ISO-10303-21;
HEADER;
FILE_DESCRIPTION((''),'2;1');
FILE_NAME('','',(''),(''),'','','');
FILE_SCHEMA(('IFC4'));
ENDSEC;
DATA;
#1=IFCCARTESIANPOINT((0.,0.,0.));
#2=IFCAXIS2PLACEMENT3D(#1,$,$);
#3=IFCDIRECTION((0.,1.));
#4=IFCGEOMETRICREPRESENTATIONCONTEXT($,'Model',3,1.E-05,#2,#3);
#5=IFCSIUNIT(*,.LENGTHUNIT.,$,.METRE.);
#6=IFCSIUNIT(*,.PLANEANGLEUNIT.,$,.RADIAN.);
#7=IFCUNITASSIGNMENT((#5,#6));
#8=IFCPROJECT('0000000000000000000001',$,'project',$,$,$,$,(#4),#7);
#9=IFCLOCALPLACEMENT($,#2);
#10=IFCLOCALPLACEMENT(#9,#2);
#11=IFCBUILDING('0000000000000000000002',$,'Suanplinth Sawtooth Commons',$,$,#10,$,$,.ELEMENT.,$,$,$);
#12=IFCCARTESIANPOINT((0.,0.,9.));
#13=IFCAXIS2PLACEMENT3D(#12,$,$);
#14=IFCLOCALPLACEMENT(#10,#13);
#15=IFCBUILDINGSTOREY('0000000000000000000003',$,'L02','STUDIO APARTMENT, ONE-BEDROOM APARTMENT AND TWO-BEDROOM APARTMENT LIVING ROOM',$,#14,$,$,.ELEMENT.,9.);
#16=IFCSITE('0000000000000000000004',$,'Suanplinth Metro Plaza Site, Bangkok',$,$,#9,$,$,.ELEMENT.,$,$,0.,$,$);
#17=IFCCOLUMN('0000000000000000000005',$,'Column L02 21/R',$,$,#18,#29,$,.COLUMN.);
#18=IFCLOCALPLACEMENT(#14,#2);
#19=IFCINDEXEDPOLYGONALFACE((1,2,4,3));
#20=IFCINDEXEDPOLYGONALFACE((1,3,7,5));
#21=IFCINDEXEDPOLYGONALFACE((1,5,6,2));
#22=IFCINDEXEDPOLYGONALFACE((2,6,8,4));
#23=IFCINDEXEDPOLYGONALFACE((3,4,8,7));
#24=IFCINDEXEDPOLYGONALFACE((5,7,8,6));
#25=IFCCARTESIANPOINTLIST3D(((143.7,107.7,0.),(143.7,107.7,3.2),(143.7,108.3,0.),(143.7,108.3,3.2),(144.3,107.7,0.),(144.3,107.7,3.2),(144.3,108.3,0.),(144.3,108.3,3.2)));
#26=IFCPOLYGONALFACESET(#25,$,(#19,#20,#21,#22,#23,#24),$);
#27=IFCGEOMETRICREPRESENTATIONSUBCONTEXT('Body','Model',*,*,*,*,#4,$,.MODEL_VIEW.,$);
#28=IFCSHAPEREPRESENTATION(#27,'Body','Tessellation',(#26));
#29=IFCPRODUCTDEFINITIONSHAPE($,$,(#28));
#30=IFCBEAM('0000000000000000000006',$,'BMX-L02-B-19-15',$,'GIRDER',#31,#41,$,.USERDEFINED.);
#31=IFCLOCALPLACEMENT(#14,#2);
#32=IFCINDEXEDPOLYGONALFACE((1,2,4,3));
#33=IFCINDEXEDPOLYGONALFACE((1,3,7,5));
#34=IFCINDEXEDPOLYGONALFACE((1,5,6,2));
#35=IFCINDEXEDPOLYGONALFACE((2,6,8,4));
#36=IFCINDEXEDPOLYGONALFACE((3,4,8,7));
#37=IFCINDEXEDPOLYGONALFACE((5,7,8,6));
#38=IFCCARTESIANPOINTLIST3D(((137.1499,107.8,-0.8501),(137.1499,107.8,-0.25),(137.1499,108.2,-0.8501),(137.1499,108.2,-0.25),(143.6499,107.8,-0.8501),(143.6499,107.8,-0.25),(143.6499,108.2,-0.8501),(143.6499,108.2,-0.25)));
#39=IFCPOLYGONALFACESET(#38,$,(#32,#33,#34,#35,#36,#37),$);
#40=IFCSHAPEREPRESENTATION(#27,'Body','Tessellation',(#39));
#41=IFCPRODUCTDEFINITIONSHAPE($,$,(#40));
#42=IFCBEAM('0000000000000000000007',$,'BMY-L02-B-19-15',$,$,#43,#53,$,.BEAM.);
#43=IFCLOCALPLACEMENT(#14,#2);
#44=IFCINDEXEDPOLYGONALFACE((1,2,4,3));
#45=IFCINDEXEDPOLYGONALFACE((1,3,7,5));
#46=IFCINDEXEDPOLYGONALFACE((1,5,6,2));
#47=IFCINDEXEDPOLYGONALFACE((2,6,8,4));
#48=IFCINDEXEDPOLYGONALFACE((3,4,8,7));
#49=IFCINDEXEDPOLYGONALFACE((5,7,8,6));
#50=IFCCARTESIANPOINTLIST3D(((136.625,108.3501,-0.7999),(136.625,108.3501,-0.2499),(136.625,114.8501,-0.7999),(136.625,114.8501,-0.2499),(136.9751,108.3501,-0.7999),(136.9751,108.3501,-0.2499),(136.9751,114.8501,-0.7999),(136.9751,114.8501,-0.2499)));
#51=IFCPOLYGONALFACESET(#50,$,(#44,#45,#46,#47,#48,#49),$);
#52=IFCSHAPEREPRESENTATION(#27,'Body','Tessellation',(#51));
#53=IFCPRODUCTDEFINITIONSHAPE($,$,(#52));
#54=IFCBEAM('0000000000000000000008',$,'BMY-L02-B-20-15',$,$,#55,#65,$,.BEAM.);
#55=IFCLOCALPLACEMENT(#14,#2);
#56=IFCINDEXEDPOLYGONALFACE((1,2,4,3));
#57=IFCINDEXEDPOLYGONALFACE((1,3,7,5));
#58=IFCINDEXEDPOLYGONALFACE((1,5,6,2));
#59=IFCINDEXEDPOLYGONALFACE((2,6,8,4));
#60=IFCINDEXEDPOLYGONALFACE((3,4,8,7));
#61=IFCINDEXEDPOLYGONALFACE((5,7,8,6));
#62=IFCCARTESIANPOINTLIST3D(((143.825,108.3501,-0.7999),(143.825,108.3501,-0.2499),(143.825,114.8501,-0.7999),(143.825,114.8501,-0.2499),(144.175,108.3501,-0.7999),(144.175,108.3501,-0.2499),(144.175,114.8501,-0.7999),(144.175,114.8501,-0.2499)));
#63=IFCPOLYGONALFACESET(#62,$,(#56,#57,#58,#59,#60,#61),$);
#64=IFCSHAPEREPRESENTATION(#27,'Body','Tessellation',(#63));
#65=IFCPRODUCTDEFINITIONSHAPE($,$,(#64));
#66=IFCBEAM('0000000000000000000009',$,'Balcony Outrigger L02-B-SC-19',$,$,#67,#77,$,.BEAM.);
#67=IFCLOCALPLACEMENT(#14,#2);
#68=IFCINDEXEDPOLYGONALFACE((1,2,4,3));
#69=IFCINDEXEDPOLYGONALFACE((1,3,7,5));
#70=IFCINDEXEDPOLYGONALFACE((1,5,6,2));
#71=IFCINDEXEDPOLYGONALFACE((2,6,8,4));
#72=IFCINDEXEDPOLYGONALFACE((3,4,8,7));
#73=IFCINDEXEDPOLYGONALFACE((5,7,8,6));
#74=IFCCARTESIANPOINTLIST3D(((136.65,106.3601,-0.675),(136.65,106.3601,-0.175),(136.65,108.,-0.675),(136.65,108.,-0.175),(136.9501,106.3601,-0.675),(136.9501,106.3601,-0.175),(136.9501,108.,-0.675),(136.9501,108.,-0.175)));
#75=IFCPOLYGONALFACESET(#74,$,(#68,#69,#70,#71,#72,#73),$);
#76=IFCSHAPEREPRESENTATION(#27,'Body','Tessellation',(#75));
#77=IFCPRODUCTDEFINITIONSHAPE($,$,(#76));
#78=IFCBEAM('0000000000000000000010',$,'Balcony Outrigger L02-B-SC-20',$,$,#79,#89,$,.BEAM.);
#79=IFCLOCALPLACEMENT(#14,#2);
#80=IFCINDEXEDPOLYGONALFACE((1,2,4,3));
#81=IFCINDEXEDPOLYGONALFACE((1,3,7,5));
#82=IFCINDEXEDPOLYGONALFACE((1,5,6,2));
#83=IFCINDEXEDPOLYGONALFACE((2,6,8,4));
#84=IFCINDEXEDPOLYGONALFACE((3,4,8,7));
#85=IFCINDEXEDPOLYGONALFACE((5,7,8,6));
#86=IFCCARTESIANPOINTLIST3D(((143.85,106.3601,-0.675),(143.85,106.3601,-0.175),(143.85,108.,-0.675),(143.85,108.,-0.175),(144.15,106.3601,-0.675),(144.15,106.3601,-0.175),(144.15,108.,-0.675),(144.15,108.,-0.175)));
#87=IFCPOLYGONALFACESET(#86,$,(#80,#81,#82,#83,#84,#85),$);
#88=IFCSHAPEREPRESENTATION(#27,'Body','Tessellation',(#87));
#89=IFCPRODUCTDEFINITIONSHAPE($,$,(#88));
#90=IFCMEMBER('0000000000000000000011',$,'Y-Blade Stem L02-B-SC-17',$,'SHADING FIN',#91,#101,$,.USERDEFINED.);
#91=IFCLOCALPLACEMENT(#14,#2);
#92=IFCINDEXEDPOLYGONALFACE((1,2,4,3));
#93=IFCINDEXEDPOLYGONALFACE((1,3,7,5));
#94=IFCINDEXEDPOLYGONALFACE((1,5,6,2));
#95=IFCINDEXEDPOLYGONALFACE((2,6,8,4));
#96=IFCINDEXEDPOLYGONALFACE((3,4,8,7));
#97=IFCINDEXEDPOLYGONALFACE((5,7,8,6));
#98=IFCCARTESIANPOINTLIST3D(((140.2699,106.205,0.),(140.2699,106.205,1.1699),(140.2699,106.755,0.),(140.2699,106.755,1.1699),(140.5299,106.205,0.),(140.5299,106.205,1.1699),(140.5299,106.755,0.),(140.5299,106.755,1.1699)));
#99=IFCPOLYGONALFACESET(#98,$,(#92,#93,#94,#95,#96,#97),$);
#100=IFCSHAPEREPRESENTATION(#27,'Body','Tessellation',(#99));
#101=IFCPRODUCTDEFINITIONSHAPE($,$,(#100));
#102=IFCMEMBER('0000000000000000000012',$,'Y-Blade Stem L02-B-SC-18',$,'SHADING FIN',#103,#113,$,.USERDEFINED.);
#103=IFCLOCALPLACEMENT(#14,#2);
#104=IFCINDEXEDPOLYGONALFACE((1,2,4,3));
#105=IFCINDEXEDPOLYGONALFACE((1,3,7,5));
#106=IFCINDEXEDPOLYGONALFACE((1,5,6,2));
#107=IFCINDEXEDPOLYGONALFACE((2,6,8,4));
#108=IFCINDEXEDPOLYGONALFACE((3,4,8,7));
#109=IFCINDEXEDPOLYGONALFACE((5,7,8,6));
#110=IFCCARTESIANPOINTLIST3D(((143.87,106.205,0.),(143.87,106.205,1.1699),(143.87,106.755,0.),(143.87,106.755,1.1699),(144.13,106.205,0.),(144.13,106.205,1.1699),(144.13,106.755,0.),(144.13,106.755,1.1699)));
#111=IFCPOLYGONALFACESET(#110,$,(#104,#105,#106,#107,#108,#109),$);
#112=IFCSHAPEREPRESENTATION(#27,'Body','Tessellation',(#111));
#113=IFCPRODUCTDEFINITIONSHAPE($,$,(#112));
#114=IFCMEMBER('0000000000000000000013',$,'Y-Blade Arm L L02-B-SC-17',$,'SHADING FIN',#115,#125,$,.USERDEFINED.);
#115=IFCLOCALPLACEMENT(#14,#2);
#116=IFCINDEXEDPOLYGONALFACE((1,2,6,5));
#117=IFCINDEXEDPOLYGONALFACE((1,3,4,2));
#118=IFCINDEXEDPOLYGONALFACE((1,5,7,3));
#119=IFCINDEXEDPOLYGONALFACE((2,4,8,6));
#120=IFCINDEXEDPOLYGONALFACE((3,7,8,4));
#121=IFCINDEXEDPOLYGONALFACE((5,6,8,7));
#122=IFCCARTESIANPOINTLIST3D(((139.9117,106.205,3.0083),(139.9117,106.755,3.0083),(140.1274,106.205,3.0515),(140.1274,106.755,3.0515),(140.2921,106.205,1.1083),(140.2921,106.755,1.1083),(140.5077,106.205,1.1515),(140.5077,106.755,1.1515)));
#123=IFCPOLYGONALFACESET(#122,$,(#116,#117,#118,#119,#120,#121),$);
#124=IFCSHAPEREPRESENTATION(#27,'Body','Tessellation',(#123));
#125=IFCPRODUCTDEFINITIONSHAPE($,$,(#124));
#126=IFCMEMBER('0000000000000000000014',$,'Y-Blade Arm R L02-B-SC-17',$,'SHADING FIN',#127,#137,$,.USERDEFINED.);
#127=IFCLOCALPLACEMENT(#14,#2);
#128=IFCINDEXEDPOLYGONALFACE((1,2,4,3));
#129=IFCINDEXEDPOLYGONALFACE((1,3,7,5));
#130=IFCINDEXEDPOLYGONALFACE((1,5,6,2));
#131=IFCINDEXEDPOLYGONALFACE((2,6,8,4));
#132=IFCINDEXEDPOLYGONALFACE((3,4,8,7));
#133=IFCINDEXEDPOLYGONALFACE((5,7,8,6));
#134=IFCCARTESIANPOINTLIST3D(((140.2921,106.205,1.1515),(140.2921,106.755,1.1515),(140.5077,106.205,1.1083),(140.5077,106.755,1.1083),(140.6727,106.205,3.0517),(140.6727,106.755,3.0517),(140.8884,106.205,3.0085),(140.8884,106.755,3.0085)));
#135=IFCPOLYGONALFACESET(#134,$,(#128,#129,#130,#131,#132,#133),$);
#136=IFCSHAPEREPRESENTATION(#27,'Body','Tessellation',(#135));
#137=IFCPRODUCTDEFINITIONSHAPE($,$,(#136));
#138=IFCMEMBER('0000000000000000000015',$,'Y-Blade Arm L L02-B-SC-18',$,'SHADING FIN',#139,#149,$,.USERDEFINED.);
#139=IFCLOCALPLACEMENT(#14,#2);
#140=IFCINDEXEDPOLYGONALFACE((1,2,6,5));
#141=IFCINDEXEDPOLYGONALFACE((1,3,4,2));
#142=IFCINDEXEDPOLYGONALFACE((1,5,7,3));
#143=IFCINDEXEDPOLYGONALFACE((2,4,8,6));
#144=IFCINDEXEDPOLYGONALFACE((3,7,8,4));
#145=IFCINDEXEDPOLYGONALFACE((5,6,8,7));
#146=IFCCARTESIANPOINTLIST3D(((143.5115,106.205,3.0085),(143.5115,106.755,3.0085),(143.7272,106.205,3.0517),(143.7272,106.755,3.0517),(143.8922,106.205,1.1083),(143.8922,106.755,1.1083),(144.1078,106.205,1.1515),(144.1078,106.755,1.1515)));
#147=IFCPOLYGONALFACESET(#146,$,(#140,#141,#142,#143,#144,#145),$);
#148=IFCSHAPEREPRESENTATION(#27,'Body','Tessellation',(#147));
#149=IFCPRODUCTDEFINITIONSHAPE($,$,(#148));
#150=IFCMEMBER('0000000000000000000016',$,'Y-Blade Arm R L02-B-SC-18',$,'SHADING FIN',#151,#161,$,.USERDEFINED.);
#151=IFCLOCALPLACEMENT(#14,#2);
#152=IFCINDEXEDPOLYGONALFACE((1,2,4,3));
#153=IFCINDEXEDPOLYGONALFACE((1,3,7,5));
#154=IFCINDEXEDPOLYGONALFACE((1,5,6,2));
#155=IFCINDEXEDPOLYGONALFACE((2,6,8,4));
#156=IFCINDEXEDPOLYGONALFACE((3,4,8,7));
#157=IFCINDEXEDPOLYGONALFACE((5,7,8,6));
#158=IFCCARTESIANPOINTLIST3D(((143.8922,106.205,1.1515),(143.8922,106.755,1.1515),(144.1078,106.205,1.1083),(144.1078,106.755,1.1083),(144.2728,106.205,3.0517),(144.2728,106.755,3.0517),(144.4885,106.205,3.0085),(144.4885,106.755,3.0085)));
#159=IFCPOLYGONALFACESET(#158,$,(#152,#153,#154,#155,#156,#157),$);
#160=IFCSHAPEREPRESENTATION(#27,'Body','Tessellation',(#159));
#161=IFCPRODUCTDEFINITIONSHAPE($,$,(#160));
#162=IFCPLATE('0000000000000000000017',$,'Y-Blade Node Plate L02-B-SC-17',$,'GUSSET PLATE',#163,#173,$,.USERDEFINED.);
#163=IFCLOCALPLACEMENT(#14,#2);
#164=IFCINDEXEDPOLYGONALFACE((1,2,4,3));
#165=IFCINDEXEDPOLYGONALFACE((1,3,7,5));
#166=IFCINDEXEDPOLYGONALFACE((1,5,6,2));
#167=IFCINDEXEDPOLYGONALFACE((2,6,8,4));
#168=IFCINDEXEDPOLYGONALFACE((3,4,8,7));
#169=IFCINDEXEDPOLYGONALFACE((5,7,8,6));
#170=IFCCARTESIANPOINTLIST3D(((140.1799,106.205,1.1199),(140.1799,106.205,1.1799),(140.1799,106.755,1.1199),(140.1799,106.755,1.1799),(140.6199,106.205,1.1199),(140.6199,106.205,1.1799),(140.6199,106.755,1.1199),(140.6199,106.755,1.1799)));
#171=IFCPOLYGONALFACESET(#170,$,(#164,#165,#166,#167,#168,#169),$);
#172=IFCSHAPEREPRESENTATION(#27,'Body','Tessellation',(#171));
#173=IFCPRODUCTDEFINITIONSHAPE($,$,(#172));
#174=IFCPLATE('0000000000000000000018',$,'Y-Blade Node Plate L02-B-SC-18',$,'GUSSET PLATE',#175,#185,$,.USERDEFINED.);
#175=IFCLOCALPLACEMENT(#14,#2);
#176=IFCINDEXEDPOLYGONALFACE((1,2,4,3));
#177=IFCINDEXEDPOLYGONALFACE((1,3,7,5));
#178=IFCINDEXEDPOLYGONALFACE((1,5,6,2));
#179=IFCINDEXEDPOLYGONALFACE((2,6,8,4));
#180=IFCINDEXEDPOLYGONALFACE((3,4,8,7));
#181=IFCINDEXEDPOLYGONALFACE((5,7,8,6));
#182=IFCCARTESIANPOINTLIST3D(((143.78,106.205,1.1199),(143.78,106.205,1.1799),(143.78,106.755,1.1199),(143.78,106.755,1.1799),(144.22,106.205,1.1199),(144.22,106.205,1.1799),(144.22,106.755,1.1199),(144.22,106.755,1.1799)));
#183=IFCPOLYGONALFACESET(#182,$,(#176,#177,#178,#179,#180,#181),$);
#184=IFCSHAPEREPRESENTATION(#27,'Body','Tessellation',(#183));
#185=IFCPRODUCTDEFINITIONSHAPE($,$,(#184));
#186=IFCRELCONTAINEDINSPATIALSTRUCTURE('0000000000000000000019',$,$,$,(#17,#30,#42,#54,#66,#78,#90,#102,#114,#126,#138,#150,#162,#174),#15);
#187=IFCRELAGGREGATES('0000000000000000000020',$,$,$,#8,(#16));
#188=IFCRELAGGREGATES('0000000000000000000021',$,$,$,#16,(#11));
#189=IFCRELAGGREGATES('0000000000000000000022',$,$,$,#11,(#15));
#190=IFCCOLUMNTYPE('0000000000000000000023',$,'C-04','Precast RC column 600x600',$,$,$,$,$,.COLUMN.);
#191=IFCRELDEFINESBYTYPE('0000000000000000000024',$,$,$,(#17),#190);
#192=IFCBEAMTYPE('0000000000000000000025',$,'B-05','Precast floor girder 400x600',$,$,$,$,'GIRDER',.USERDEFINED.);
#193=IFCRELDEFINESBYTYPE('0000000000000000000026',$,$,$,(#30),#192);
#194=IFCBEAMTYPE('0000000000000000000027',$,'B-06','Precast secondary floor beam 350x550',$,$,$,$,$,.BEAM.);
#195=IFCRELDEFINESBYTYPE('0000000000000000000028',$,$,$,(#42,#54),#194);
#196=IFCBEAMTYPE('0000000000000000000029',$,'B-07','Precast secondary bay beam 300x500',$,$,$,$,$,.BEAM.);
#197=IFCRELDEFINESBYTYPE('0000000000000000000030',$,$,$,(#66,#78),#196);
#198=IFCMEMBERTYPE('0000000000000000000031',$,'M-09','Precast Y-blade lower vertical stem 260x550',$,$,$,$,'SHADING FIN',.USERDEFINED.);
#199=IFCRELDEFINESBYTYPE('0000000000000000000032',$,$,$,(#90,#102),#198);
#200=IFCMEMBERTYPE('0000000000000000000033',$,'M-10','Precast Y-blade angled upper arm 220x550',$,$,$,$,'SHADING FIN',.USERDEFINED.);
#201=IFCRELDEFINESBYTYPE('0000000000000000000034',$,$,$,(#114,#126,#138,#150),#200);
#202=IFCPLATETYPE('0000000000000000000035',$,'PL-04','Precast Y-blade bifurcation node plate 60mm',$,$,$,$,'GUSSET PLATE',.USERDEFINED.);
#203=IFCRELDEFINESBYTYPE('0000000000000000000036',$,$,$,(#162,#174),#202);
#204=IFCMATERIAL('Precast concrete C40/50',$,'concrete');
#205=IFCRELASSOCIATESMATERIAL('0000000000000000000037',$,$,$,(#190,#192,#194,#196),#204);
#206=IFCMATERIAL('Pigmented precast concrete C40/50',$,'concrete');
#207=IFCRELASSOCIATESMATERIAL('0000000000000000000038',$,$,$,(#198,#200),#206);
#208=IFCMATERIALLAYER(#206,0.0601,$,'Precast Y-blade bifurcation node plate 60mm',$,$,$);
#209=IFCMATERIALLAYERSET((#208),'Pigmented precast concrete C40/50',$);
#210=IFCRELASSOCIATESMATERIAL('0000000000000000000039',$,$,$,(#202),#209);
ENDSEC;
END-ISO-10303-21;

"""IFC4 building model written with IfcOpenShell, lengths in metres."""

from ifc_helpers import new_model, si_unit, direction, frame, origin, origin_2d, place, context, subcontext, project, spatial, rectangle, extrude, material, layer, layer_set, material_profile, profile_set, type_object, element, save


model = new_model("IFC4")

# Units and contexts
model_context = context("Model", 3, precision=1e-05, world=origin(), true_north=direction((0.0, 1.0)))
body_context = subcontext(model_context, "Body", "Model", "MODEL_VIEW")
ifc_project = project(units=[si_unit("LENGTHUNIT", "METRE"), si_unit("PLANEANGLEUNIT", "RADIAN")], contexts=[model_context])

# Site, building, storey
site_placement = place(None, origin())
site = spatial("IfcSite", under=ifc_project, at=site_placement, Name="Suanplinth Metro Plaza Site, Bangkok", CompositionType="ELEMENT", RefElevation=0.0)
building_placement = place(site_placement, origin())
building = spatial("IfcBuilding", under=site, at=building_placement, Name="Suanplinth Sawtooth Commons", CompositionType="ELEMENT")
storey_placement = place(building_placement, frame((0.0, 0.0, 9.0)))
storey = spatial("IfcBuildingStorey", under=building, at=storey_placement, Name="L02", Description="STUDIO APARTMENT, ONE-BEDROOM APARTMENT AND TWO-BEDROOM APARTMENT LIVING ROOM", CompositionType="ELEMENT", Elevation=9.0)

# Column
ifc_material_1 = material(Name="Precast concrete C40/50", Category="concrete")
ifc_material_profile_1 = material_profile(ifc_material_1, rectangle(XDim=0.6001, YDim=0.6001, at=origin_2d()), Name="PC-COL 600x600")
ifc_profile_set_1 = profile_set([ifc_material_profile_1], Name="Precast concrete C40/50")
column_type = type_object("IfcColumnType", Name="C-04", Description="Precast RC column 600x600", PredefinedType="COLUMN", material=ifc_profile_set_1)
column_placement = place(storey_placement, frame((144.0, 108.0, 0.0), z_axis=(0.0, 0.0, 1.0), x_axis=(1.0, 0.0, 0.0)))
element("IfcColumn", 1, at=column_placement, inside=storey, type_object=column_type, Name="Column L02 21/R", PredefinedType="COLUMN", context=body_context, shape_type="SweptSolid", body=[
    extrude(rectangle(XDim=0.6001, YDim=0.6001, at=origin_2d()), origin(), (0.0, 0.0, 1.0), 3.2),
])

# Beams
ifc_material_profile_2 = material_profile(ifc_material_1, rectangle(XDim=0.3999, YDim=0.6001, at=origin_2d()), Name="PC-GDR 400x600")
ifc_profile_set_2 = profile_set([ifc_material_profile_2], Name="Precast concrete C40/50")
beam_type_1 = type_object("IfcBeamType", Name="B-05", Description="Precast floor girder 400x600", ElementType="GIRDER", PredefinedType="USERDEFINED", material=ifc_profile_set_2)
beam_placement = place(storey_placement, frame((137.1499, 108.0, -0.55), z_axis=(1.0, 0.0, 0.0), x_axis=(0.0, 1.0, 0.0)))
element("IfcBeam", 2, at=beam_placement, inside=storey, type_object=beam_type_1, Name="BMX-L02-B-19-15", ObjectType="GIRDER", PredefinedType="USERDEFINED", context=body_context, shape_type="SweptSolid", body=[
    extrude(rectangle(XDim=0.3999, YDim=0.6001, at=origin_2d()), origin(), (0.0, 0.0, 1.0), 6.5),
])
ifc_material_profile_3 = material_profile(ifc_material_1, rectangle(XDim=0.3501, YDim=0.55, at=origin_2d()), Name="PC-BM 350x550")
ifc_profile_set_3 = profile_set([ifc_material_profile_3], Name="Precast concrete C40/50")
beam_type_2 = type_object("IfcBeamType", Name="B-06", Description="Precast secondary floor beam 350x550", PredefinedType="BEAM", material=ifc_profile_set_3)
for number, where, z_axis, x_axis, name in (
    (3, (136.8, 108.3501, -0.5249), (0.0, 1.0, 0.0), (-1.0, 0.0, 0.0), "BMY-L02-B-19-15"),
    (4, (144.0, 108.3501, -0.5249), (0.0, 1.0, 0.0), (-1.0, 0.0, 0.0), "BMY-L02-B-20-15"),
):
    element("IfcBeam", number, at=place(storey_placement, frame(where, z_axis=z_axis, x_axis=x_axis)), inside=storey, type_object=beam_type_2, Name=name, PredefinedType="BEAM", context=body_context, shape_type="SweptSolid", body=[
        extrude(rectangle(XDim=0.3501, YDim=0.55, at=origin_2d()), origin(), (0.0, 0.0, 1.0), 6.5),
    ])
ifc_material_profile_4 = material_profile(ifc_material_1, rectangle(XDim=0.3, YDim=0.5, at=origin_2d()), Name="PC-BM 300x500")
ifc_profile_set_4 = profile_set([ifc_material_profile_4], Name="Precast concrete C40/50")
beam_type_3 = type_object("IfcBeamType", Name="B-07", Description="Precast secondary bay beam 300x500", PredefinedType="BEAM", material=ifc_profile_set_4)
for number, where, z_axis, x_axis, name in (
    (5, (136.8, 108.0, -0.425), (0.0, -1.0, 0.0), (1.0, 0.0, 0.0), "Balcony Outrigger L02-B-SC-19"),
    (6, (144.0, 108.0, -0.425), (0.0, -1.0, 0.0), (1.0, 0.0, 0.0), "Balcony Outrigger L02-B-SC-20"),
):
    element("IfcBeam", number, at=place(storey_placement, frame(where, z_axis=z_axis, x_axis=x_axis)), inside=storey, type_object=beam_type_3, Name=name, PredefinedType="BEAM", context=body_context, shape_type="SweptSolid", body=[
        extrude(rectangle(XDim=0.3, YDim=0.5, at=origin_2d()), origin(), (0.0, 0.0, 1.0), 1.6399),
    ])

# Members
ifc_material_2 = material(Name="Pigmented precast concrete C40/50", Category="concrete")
ifc_material_profile_5 = material_profile(ifc_material_2, rectangle(XDim=0.26, YDim=0.55, at=origin_2d()), Name="PC-FIN 260x550")
ifc_profile_set_5 = profile_set([ifc_material_profile_5], Name="Pigmented precast concrete C40/50")
member_type_1 = type_object("IfcMemberType", Name="M-09", Description="Precast Y-blade lower vertical stem 260x550", ElementType="SHADING FIN", PredefinedType="USERDEFINED", material=ifc_profile_set_5)
for number, where, z_axis, x_axis, name in (
    (7, (140.3999, 106.48, 0.0), (0.0, 0.0, 1.0), (1.0, 0.0, 0.0), "Y-Blade Stem L02-B-SC-17"),
    (8, (144.0, 106.48, 0.0), (0.0, 0.0, 1.0), (1.0, 0.0, 0.0), "Y-Blade Stem L02-B-SC-18"),
):
    element("IfcMember", number, at=place(storey_placement, frame(where, z_axis=z_axis, x_axis=x_axis)), inside=storey, type_object=member_type_1, Name=name, ObjectType="SHADING FIN", PredefinedType="USERDEFINED", context=body_context, shape_type="SweptSolid", body=[
        extrude(rectangle(XDim=0.26, YDim=0.55, at=origin_2d()), origin(), (0.0, 0.0, 1.0), 1.1699),
    ])
ifc_material_profile_6 = material_profile(ifc_material_2, rectangle(XDim=0.22, YDim=0.55, at=origin_2d()), Name="PC-FIN 220x550")
ifc_profile_set_6 = profile_set([ifc_material_profile_6], Name="Pigmented precast concrete C40/50")
member_type_2 = type_object("IfcMemberType", Name="M-10", Description="Precast Y-blade angled upper arm 220x550", ElementType="SHADING FIN", PredefinedType="USERDEFINED", material=ifc_profile_set_6)
member_placement = place(storey_placement, frame((140.3999, 106.48, 1.1299), z_axis=(-0.196286, 0.0, 0.980547), x_axis=(0.980547, 0.0, 0.196286)))
element("IfcMember", 9, at=member_placement, inside=storey, type_object=member_type_2, Name="Y-Blade Arm L L02-B-SC-17", ObjectType="SHADING FIN", PredefinedType="USERDEFINED", context=body_context, shape_type="SweptSolid", body=[
    extrude(rectangle(XDim=0.22, YDim=0.55, at=origin_2d()), origin(), (0.0, 0.0, 1.0), 1.9377),
])
for number, where, z_axis, x_axis, name in (
    (10, (140.3999, 106.48, 1.1299), (0.196407, 0.0, 0.980522), (-0.980522, 0.0, 0.196407), "Y-Blade Arm R L02-B-SC-17"),
    (11, (144.0, 106.48, 1.1299), (-0.196407, 0.0, 0.980522), (0.980522, 0.0, 0.196407), "Y-Blade Arm L L02-B-SC-18"),
    (12, (144.0, 106.48, 1.1299), (0.196407, 0.0, 0.980522), (-0.980522, 0.0, 0.196407), "Y-Blade Arm R L02-B-SC-18"),
):
    element("IfcMember", number, at=place(storey_placement, frame(where, z_axis=z_axis, x_axis=x_axis)), inside=storey, type_object=member_type_2, Name=name, ObjectType="SHADING FIN", PredefinedType="USERDEFINED", context=body_context, shape_type="SweptSolid", body=[
        extrude(rectangle(XDim=0.22, YDim=0.55, at=origin_2d()), origin(), (0.0, 0.0, 1.0), 1.938),
    ])

# Plates
ifc_layer_1 = layer(ifc_material_2, 0.0601, Name="Precast Y-blade bifurcation node plate 60mm")
ifc_layer_set_1 = layer_set([ifc_layer_1], Name="Pigmented precast concrete C40/50")
plate_type = type_object("IfcPlateType", Name="PL-04", Description="Precast Y-blade bifurcation node plate 60mm", ElementType="GUSSET PLATE", PredefinedType="USERDEFINED", material=ifc_layer_set_1)
for number, where, z_axis, x_axis, name in (
    (13, (140.3999, 106.48, 1.1199), (0.0, 0.0, 1.0), (1.0, 0.0, 0.0), "Y-Blade Node Plate L02-B-SC-17"),
    (14, (144.0, 106.48, 1.1199), (0.0, 0.0, 1.0), (1.0, 0.0, 0.0), "Y-Blade Node Plate L02-B-SC-18"),
):
    element("IfcPlate", number, at=place(storey_placement, frame(where, z_axis=z_axis, x_axis=x_axis)), inside=storey, type_object=plate_type, Name=name, ObjectType="GUSSET PLATE", PredefinedType="USERDEFINED", context=body_context, shape_type="SweptSolid", body=[
        extrude(rectangle(XDim=0.4399, YDim=0.55, at=origin_2d()), origin(), (0.0, 0.0, 1.0), 0.0601),
    ])

save(model, "model.ifc")
